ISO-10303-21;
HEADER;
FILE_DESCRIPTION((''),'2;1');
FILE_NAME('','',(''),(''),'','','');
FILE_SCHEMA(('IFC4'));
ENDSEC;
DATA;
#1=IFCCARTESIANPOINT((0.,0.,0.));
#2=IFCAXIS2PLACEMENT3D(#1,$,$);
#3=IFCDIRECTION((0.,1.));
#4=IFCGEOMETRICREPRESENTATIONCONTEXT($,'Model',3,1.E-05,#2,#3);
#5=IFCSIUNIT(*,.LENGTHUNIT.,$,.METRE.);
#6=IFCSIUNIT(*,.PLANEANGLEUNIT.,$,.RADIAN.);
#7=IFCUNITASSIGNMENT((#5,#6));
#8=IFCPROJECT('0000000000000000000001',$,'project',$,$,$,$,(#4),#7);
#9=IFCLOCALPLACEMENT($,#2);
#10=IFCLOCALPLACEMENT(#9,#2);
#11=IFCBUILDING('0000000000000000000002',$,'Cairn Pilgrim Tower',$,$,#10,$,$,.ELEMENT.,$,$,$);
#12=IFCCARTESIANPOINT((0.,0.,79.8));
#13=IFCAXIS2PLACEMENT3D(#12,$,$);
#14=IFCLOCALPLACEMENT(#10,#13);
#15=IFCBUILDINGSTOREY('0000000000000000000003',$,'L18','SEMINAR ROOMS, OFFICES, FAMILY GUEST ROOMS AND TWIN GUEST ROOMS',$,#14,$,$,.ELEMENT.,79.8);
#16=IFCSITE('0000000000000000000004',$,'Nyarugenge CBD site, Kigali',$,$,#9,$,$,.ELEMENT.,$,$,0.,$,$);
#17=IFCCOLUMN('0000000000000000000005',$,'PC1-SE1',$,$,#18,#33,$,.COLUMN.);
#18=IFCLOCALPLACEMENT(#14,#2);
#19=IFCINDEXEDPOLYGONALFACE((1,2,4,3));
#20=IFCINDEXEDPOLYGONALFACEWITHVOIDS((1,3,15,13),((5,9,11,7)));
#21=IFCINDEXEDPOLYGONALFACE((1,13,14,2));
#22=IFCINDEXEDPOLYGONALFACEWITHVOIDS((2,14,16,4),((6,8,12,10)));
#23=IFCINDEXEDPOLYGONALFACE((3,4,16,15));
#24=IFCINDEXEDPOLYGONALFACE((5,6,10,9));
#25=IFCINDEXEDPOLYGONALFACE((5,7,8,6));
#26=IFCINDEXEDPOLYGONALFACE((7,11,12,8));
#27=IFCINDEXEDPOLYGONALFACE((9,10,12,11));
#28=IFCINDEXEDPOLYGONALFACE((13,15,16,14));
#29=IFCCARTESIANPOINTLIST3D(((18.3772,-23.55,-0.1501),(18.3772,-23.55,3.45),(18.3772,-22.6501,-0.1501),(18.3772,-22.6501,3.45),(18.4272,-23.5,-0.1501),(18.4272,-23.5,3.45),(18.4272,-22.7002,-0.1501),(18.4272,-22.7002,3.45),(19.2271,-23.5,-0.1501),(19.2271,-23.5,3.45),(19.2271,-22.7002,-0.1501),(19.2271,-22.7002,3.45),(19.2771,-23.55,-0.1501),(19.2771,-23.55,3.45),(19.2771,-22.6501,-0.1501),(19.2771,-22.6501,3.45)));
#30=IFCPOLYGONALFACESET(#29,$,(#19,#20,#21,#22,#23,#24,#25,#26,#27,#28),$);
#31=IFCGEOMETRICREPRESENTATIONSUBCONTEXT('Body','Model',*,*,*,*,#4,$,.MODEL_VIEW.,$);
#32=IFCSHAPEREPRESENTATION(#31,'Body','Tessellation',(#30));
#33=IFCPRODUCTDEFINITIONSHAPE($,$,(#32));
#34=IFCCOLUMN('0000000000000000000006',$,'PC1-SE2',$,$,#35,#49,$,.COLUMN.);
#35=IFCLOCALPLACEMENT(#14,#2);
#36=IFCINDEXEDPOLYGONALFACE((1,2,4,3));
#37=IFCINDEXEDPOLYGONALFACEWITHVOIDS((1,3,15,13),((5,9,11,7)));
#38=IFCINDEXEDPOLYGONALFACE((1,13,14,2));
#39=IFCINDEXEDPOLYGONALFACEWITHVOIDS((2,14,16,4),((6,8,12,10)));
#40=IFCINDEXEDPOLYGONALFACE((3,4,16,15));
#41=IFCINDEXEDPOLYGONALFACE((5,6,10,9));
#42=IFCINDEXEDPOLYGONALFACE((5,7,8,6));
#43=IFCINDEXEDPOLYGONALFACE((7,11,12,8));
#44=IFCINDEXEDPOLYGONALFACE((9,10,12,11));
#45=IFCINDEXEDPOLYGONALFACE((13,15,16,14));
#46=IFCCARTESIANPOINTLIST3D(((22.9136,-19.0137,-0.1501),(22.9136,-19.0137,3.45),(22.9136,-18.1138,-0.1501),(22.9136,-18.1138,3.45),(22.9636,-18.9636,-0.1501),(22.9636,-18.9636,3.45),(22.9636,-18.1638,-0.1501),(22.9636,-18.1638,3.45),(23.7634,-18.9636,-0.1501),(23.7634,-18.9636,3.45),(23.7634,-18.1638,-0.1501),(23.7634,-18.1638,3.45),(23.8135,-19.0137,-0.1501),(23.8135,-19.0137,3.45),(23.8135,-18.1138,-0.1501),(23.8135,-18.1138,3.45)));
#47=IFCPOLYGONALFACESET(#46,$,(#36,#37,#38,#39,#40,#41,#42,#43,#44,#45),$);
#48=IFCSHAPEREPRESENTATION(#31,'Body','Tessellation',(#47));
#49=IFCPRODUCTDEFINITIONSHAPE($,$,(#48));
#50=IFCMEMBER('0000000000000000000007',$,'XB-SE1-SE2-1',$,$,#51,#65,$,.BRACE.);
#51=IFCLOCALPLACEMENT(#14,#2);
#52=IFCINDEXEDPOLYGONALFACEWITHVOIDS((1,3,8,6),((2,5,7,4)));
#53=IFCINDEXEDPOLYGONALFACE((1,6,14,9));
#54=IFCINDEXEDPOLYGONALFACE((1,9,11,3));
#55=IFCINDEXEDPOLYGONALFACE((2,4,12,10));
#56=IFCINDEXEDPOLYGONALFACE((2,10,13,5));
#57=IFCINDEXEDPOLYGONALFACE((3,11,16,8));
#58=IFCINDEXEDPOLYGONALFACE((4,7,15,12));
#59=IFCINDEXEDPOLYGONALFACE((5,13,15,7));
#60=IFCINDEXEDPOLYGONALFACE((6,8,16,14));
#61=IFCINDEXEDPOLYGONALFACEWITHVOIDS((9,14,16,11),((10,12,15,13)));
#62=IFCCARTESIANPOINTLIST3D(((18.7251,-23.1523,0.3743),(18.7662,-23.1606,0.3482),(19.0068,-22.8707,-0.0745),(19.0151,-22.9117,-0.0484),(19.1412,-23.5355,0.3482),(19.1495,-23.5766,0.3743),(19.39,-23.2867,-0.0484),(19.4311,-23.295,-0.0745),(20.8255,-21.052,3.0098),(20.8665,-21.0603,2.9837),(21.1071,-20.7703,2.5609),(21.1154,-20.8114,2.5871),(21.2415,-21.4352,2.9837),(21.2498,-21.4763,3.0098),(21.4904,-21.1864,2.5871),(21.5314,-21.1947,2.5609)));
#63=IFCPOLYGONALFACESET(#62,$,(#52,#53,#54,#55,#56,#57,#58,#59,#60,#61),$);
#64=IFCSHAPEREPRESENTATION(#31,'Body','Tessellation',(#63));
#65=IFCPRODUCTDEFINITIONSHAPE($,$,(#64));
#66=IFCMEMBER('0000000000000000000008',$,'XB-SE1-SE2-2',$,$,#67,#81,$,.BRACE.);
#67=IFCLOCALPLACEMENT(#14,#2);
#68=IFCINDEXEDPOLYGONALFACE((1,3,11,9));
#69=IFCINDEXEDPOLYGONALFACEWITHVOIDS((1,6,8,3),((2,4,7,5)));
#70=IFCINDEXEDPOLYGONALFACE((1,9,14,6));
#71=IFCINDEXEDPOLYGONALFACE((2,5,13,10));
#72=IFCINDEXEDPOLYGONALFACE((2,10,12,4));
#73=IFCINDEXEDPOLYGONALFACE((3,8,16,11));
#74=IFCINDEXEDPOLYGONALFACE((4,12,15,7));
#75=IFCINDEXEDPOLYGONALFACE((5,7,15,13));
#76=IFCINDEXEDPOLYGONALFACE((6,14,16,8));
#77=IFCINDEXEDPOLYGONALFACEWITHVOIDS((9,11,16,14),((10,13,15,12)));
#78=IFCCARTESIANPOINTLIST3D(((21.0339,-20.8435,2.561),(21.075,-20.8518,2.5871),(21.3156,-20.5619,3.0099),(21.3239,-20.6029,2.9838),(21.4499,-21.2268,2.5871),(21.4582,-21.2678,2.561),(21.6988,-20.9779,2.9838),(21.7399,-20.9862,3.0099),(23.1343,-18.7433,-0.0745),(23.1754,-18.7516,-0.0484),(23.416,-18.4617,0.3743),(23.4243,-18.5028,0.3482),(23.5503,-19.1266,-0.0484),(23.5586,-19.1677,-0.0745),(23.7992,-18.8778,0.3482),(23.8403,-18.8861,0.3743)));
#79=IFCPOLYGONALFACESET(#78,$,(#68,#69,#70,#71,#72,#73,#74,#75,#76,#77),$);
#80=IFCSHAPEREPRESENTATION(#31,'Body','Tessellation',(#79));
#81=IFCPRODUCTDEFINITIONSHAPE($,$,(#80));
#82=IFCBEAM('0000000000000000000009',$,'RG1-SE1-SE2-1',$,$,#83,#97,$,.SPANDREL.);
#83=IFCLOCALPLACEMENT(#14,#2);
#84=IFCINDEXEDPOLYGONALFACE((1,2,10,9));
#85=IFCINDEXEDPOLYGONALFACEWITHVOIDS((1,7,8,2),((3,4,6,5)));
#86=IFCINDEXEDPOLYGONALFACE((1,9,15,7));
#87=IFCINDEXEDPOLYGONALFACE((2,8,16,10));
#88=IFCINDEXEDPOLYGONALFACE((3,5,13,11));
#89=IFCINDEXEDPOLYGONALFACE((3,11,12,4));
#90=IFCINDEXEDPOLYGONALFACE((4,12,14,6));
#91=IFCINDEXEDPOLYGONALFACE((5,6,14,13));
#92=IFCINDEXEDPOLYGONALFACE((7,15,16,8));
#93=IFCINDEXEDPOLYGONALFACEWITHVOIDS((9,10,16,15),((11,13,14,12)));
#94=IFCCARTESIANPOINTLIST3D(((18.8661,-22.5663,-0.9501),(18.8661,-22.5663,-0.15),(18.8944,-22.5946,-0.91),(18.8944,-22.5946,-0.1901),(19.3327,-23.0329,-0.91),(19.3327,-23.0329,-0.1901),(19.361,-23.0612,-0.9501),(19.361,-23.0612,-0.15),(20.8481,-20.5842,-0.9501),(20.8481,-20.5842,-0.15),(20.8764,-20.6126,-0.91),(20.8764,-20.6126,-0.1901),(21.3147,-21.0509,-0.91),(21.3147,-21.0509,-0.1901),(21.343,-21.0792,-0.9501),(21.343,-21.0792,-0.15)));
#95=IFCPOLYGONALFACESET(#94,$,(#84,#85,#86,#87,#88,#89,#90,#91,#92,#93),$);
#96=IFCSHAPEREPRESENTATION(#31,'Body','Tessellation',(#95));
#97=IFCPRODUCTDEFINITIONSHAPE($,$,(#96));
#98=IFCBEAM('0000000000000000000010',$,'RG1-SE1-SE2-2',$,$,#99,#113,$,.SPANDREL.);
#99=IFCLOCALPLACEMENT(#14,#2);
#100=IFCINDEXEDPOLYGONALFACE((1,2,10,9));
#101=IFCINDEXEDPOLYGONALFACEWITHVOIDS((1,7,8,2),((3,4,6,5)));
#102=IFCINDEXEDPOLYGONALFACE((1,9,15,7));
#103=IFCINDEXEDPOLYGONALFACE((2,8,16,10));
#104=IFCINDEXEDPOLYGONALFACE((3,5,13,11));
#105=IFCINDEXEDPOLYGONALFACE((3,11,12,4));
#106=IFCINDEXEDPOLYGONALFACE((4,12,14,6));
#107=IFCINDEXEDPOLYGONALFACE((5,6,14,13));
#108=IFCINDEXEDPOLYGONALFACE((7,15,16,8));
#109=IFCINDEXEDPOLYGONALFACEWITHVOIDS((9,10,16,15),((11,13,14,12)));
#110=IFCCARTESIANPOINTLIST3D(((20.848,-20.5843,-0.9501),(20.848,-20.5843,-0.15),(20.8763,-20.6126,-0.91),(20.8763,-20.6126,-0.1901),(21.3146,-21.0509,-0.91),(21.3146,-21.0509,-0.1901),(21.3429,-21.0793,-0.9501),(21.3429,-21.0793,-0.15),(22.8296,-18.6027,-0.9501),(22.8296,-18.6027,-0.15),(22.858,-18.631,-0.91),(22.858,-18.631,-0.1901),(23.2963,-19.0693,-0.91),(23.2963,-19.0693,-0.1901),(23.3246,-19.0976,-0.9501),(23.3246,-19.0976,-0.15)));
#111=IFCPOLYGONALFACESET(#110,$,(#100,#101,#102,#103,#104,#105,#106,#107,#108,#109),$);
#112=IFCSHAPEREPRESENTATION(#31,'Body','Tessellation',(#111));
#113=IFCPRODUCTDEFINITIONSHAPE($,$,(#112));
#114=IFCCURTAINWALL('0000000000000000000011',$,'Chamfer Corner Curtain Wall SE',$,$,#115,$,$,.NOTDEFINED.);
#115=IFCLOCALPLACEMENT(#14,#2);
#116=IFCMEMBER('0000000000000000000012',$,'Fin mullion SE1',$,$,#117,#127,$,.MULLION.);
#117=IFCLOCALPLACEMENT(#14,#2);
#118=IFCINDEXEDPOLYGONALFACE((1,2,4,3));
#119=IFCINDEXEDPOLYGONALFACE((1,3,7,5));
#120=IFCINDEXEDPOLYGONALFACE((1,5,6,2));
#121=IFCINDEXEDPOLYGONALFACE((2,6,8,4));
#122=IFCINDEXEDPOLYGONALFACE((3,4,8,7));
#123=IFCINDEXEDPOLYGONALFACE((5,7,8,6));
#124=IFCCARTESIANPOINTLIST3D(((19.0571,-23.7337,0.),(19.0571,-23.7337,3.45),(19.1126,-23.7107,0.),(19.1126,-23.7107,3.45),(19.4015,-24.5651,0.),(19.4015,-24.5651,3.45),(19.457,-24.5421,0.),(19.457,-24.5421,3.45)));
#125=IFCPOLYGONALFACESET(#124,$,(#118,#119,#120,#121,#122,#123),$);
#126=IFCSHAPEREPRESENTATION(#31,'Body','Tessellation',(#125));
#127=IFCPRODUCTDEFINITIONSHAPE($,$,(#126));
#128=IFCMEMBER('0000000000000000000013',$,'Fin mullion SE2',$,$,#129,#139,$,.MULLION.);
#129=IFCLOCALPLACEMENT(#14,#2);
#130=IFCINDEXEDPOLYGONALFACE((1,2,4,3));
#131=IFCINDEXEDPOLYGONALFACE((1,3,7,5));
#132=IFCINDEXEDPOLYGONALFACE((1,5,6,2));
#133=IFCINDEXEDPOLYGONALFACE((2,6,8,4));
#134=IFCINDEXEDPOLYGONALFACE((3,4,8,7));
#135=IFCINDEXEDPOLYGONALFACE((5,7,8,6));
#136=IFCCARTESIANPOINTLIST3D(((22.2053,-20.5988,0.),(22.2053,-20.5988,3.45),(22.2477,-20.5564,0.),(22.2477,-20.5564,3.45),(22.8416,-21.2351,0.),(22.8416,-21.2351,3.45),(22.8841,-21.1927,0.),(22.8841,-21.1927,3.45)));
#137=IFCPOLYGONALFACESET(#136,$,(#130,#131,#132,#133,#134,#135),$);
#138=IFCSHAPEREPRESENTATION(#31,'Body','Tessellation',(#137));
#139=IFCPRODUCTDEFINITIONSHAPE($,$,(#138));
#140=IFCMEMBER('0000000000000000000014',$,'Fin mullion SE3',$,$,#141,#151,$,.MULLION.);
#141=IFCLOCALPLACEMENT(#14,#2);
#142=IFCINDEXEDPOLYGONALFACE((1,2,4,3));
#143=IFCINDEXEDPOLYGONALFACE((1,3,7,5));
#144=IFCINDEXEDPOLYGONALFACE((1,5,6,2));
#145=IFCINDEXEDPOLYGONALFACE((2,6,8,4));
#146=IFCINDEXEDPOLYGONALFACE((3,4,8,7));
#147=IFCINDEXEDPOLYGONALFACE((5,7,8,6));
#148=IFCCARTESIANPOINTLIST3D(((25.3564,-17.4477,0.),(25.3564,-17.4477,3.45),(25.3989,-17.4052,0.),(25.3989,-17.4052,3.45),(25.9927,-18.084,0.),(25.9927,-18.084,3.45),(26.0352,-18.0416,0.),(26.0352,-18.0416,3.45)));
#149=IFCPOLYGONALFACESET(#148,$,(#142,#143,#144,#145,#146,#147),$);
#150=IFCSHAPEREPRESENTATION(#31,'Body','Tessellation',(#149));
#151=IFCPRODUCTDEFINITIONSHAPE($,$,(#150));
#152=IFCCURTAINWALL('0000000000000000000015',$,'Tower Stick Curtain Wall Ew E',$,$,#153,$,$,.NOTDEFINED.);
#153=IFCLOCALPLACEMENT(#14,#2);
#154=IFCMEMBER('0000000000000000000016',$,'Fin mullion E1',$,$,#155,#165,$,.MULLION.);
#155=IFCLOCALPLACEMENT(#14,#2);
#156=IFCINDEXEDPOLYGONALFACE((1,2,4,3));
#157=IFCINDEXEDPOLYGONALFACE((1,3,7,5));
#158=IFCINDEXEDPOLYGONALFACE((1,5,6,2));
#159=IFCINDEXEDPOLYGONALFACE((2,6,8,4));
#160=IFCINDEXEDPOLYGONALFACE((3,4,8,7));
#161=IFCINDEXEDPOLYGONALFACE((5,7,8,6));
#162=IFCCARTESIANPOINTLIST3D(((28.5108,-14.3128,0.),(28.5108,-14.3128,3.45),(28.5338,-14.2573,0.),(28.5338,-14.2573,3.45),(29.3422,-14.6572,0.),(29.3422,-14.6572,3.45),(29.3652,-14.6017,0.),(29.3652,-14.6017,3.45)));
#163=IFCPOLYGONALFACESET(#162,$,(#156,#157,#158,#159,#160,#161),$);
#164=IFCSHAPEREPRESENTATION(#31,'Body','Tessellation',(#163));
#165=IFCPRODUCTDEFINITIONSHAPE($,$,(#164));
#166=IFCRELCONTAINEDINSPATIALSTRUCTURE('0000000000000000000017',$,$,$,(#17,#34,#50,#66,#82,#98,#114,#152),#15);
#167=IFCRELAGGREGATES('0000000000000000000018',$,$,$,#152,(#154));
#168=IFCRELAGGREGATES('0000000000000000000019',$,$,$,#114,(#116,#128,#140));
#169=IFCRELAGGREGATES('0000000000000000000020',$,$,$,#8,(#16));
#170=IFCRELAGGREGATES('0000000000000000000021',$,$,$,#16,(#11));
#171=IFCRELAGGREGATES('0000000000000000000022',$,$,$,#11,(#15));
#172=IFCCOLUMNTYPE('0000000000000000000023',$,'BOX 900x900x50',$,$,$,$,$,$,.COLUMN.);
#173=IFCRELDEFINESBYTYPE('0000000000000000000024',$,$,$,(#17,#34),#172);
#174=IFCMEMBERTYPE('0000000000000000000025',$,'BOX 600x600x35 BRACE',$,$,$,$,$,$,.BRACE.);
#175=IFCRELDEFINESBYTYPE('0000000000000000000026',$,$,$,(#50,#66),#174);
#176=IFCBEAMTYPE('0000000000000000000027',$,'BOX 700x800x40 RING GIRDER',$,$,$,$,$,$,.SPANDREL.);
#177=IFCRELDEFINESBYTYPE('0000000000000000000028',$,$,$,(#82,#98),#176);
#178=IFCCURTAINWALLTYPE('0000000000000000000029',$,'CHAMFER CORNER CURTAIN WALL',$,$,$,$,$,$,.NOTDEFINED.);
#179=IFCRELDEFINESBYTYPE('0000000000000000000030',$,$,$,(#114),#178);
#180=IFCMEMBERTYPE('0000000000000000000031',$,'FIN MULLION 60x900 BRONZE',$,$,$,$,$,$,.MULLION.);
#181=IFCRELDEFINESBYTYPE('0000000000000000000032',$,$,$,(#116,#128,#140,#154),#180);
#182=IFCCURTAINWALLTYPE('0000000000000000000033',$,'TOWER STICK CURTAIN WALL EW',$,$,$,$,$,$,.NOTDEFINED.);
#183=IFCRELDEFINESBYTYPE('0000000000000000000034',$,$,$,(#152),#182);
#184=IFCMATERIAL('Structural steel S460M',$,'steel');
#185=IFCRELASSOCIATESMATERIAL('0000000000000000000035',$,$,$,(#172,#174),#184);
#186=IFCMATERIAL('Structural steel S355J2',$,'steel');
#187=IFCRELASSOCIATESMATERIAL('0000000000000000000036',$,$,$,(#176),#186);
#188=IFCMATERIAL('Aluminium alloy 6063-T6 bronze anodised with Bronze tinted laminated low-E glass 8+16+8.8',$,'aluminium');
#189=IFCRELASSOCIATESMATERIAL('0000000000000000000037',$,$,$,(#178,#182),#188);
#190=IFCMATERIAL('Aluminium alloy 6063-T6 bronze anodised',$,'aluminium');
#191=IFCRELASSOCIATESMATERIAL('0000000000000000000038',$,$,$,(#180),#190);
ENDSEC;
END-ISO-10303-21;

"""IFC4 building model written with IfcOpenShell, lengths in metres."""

from ifc_helpers import new_model, si_unit, direction, frame, origin, origin_2d, place, context, subcontext, project, spatial, rectangle, hollow_rectangle, extrude, material, material_profile, profile_set, type_object, element, aggregate, save


model = new_model("IFC4")

# Units and contexts
model_context = context("Model", 3, precision=1e-05, world=origin(), true_north=direction((0.0, 1.0)))
body_context = subcontext(model_context, "Body", "Model", "MODEL_VIEW")
ifc_project = project(units=[si_unit("LENGTHUNIT", "METRE"), si_unit("PLANEANGLEUNIT", "RADIAN")], contexts=[model_context])

# Site, building, storey
site_placement = place(None, origin())
site = spatial("IfcSite", under=ifc_project, at=site_placement, Name="Nyarugenge CBD site, Kigali", CompositionType="ELEMENT", RefElevation=0.0)
building_placement = place(site_placement, origin())
building = spatial("IfcBuilding", under=site, at=building_placement, Name="Cairn Pilgrim Tower", CompositionType="ELEMENT")
storey_placement = place(building_placement, frame((0.0, 0.0, 79.8)))
storey = spatial("IfcBuildingStorey", under=building, at=storey_placement, Name="L18", Description="SEMINAR ROOMS, OFFICES, FAMILY GUEST ROOMS AND TWIN GUEST ROOMS", CompositionType="ELEMENT", Elevation=79.8)

# Columns
ifc_material_1 = material(Name="Structural steel S460M", Category="steel")
ifc_material_profile_1 = material_profile(ifc_material_1, hollow_rectangle(XDim=0.8999, YDim=0.8999, WallThickness=0.05, at=origin_2d()), Name="BOX 900x900x50")
ifc_profile_set_1 = profile_set([ifc_material_profile_1], Name="Structural steel S460M")
column_type = type_object("IfcColumnType", Name="BOX 900x900x50", PredefinedType="COLUMN", material=ifc_profile_set_1)
for number, where, z_axis, x_axis, name in (
    (1, (18.8271, -23.1001, -0.1501), (0.0, 0.0, 1.0), (1.0, 0.0, 0.0), "PC1-SE1"),
    (2, (23.3635, -18.5637, -0.1501), (0.0, 0.0, 1.0), (1.0, 0.0, 0.0), "PC1-SE2"),
):
    element("IfcColumn", number, at=place(storey_placement, frame(where, z_axis=z_axis, x_axis=x_axis)), inside=storey, type_object=column_type, Name=name, PredefinedType="COLUMN", context=body_context, shape_type="SweptSolid", body=[
        extrude(hollow_rectangle(XDim=0.8999, YDim=0.8999, WallThickness=0.05, at=origin_2d()), origin(), (0.0, 0.0, 1.0), 3.6001),
    ])

# Members
ifc_material_profile_2 = material_profile(ifc_material_1, hollow_rectangle(XDim=0.6001, YDim=0.6001, WallThickness=0.0349, at=origin_2d()), Name="BOX 600x600x35")
ifc_profile_set_2 = profile_set([ifc_material_profile_2], Name="Structural steel S460M")
member_type_1 = type_object("IfcMemberType", Name="BOX 600x600x35 BRACE", PredefinedType="BRACE", material=ifc_profile_set_2)
for number, where, z_axis, x_axis, name in (
    (3, (19.0781, -23.2236, 0.1499), (0.528922, 0.528922, 0.663689), (-0.707107, 0.707107, 0.0), "XB-SE1-SE2-1"),
    (4, (23.4873, -18.8147, 0.1499), (-0.528939, -0.528878, 0.66371), (0.707066, -0.707148, 0.0), "XB-SE1-SE2-2"),
):
    element("IfcMember", number, at=place(storey_placement, frame(where, z_axis=z_axis, x_axis=x_axis)), inside=storey, type_object=member_type_1, Name=name, PredefinedType="BRACE", context=body_context, shape_type="SweptSolid", body=[
        extrude(hollow_rectangle(XDim=0.6001, YDim=0.6001, WallThickness=0.0349, at=origin_2d()), origin(), (0.0, 0.0, 1.0), 3.9709),
    ])

# Beams
ifc_material_2 = material(Name="Structural steel S355J2", Category="steel")
ifc_material_profile_3 = material_profile(ifc_material_2, hollow_rectangle(XDim=0.7, YDim=0.8, WallThickness=0.04, at=origin_2d()), Name="BOX 700x800x40")
ifc_profile_set_3 = profile_set([ifc_material_profile_3], Name="Structural steel S355J2")
beam_type_1 = type_object("IfcBeamType", Name="BOX 700x800x40 RING GIRDER", PredefinedType="SPANDREL", material=ifc_profile_set_3)
beam_1_placement = place(storey_placement, frame((19.1135, -22.8137, -0.55), z_axis=(0.707107, 0.707107, 0.0), x_axis=(-0.707107, 0.707107, 0.0)))
element("IfcBeam", 5, at=beam_1_placement, inside=storey, type_object=beam_type_1, Name="RG1-SE1-SE2-1", PredefinedType="SPANDREL", context=body_context, shape_type="SweptSolid", body=[
    extrude(hollow_rectangle(XDim=0.7, YDim=0.8, WallThickness=0.04, at=origin_2d()), origin(), (0.0, 0.0, 1.0), 2.803),
])
beam_2_placement = place(storey_placement, frame((21.0955, -20.8318, -0.55), z_axis=(0.707107, 0.707107, 0.0), x_axis=(-0.707107, 0.707107, 0.0)))
element("IfcBeam", 6, at=beam_2_placement, inside=storey, type_object=beam_type_1, Name="RG1-SE1-SE2-2", PredefinedType="SPANDREL", context=body_context, shape_type="SweptSolid", body=[
    extrude(hollow_rectangle(XDim=0.7, YDim=0.8, WallThickness=0.04, at=origin_2d()), origin(), (0.0, 0.0, 1.0), 2.8025),
])

# Curtain wall, members
ifc_material_3 = material(Name="Aluminium alloy 6063-T6 bronze anodised with Bronze tinted laminated low-E glass 8+16+8.8", Category="aluminium")
curtain_wall_type_1 = type_object("IfcCurtainWallType", Name="CHAMFER CORNER CURTAIN WALL", PredefinedType="NOTDEFINED", material=ifc_material_3)
curtain_wall_1_placement = place(storey_placement, origin())
curtain_wall_1 = element("IfcCurtainWall", 7, at=curtain_wall_1_placement, inside=storey, type_object=curtain_wall_type_1, Name="Chamfer Corner Curtain Wall SE", PredefinedType="NOTDEFINED")
ifc_material_4 = material(Name="Aluminium alloy 6063-T6 bronze anodised", Category="aluminium")
ifc_material_profile_4 = material_profile(ifc_material_4, rectangle(XDim=0.8999, YDim=0.0601, at=origin_2d()), Name="FIN MULLION 60x900 BRONZE")
ifc_profile_set_4 = profile_set([ifc_material_profile_4], Name="Aluminium alloy 6063-T6 bronze anodised")
member_type_2 = type_object("IfcMemberType", Name="FIN MULLION 60x900 BRONZE", PredefinedType="MULLION", material=ifc_profile_set_4)
member_1_placement = place(storey_placement, frame((19.2571, -24.1379, 0.0), z_axis=(0.0, 0.0, 1.0), x_axis=(0.382683, -0.92388, 0.0)))
member_1 = element("IfcMember", 8, at=member_1_placement, type_object=member_type_2, Name="Fin mullion SE1", PredefinedType="MULLION", context=body_context, shape_type="SweptSolid", body=[
    extrude(rectangle(XDim=0.8999, YDim=0.0601, at=origin_2d()), origin(), (0.0, 0.0, 1.0), 3.45),
])
member_2_placement = place(storey_placement, frame((22.5447, -20.8958, 0.0), z_axis=(0.0, 0.0, 1.0), x_axis=(0.707107, -0.707107, 0.0)))
member_2 = element("IfcMember", 9, at=member_2_placement, type_object=member_type_2, Name="Fin mullion SE2", PredefinedType="MULLION", context=body_context, shape_type="SweptSolid", body=[
    extrude(rectangle(XDim=0.8999, YDim=0.0601, at=origin_2d()), origin(), (0.0, 0.0, 1.0), 3.45),
])
member_3_placement = place(storey_placement, frame((25.6958, -17.7446, 0.0), z_axis=(0.0, 0.0, 1.0), x_axis=(0.707107, -0.707107, 0.0)))
member_3 = element("IfcMember", 10, at=member_3_placement, type_object=member_type_2, Name="Fin mullion SE3", PredefinedType="MULLION", context=body_context, shape_type="SweptSolid", body=[
    extrude(rectangle(XDim=0.8999, YDim=0.0601, at=origin_2d()), origin(), (0.0, 0.0, 1.0), 3.45),
])

# Curtain wall, member
curtain_wall_type_2 = type_object("IfcCurtainWallType", Name="TOWER STICK CURTAIN WALL EW", PredefinedType="NOTDEFINED", material=ifc_material_3)
curtain_wall_2_placement = place(storey_placement, origin())
curtain_wall_2 = element("IfcCurtainWall", 11, at=curtain_wall_2_placement, inside=storey, type_object=curtain_wall_type_2, Name="Tower Stick Curtain Wall Ew E", PredefinedType="NOTDEFINED")
member_4_placement = place(storey_placement, frame((28.938, -14.4573, 0.0), z_axis=(0.0, 0.0, 1.0), x_axis=(0.92388, -0.382683, 0.0)))
member_4 = element("IfcMember", 12, at=member_4_placement, type_object=member_type_2, Name="Fin mullion E1", PredefinedType="MULLION", context=body_context, shape_type="SweptSolid", body=[
    extrude(rectangle(XDim=0.8999, YDim=0.0601, at=origin_2d()), origin(), (0.0, 0.0, 1.0), 3.45),
])

aggregate(curtain_wall_2, [member_4])

aggregate(curtain_wall_1, [member_1, member_2, member_3])

save(model, "model.ifc")
